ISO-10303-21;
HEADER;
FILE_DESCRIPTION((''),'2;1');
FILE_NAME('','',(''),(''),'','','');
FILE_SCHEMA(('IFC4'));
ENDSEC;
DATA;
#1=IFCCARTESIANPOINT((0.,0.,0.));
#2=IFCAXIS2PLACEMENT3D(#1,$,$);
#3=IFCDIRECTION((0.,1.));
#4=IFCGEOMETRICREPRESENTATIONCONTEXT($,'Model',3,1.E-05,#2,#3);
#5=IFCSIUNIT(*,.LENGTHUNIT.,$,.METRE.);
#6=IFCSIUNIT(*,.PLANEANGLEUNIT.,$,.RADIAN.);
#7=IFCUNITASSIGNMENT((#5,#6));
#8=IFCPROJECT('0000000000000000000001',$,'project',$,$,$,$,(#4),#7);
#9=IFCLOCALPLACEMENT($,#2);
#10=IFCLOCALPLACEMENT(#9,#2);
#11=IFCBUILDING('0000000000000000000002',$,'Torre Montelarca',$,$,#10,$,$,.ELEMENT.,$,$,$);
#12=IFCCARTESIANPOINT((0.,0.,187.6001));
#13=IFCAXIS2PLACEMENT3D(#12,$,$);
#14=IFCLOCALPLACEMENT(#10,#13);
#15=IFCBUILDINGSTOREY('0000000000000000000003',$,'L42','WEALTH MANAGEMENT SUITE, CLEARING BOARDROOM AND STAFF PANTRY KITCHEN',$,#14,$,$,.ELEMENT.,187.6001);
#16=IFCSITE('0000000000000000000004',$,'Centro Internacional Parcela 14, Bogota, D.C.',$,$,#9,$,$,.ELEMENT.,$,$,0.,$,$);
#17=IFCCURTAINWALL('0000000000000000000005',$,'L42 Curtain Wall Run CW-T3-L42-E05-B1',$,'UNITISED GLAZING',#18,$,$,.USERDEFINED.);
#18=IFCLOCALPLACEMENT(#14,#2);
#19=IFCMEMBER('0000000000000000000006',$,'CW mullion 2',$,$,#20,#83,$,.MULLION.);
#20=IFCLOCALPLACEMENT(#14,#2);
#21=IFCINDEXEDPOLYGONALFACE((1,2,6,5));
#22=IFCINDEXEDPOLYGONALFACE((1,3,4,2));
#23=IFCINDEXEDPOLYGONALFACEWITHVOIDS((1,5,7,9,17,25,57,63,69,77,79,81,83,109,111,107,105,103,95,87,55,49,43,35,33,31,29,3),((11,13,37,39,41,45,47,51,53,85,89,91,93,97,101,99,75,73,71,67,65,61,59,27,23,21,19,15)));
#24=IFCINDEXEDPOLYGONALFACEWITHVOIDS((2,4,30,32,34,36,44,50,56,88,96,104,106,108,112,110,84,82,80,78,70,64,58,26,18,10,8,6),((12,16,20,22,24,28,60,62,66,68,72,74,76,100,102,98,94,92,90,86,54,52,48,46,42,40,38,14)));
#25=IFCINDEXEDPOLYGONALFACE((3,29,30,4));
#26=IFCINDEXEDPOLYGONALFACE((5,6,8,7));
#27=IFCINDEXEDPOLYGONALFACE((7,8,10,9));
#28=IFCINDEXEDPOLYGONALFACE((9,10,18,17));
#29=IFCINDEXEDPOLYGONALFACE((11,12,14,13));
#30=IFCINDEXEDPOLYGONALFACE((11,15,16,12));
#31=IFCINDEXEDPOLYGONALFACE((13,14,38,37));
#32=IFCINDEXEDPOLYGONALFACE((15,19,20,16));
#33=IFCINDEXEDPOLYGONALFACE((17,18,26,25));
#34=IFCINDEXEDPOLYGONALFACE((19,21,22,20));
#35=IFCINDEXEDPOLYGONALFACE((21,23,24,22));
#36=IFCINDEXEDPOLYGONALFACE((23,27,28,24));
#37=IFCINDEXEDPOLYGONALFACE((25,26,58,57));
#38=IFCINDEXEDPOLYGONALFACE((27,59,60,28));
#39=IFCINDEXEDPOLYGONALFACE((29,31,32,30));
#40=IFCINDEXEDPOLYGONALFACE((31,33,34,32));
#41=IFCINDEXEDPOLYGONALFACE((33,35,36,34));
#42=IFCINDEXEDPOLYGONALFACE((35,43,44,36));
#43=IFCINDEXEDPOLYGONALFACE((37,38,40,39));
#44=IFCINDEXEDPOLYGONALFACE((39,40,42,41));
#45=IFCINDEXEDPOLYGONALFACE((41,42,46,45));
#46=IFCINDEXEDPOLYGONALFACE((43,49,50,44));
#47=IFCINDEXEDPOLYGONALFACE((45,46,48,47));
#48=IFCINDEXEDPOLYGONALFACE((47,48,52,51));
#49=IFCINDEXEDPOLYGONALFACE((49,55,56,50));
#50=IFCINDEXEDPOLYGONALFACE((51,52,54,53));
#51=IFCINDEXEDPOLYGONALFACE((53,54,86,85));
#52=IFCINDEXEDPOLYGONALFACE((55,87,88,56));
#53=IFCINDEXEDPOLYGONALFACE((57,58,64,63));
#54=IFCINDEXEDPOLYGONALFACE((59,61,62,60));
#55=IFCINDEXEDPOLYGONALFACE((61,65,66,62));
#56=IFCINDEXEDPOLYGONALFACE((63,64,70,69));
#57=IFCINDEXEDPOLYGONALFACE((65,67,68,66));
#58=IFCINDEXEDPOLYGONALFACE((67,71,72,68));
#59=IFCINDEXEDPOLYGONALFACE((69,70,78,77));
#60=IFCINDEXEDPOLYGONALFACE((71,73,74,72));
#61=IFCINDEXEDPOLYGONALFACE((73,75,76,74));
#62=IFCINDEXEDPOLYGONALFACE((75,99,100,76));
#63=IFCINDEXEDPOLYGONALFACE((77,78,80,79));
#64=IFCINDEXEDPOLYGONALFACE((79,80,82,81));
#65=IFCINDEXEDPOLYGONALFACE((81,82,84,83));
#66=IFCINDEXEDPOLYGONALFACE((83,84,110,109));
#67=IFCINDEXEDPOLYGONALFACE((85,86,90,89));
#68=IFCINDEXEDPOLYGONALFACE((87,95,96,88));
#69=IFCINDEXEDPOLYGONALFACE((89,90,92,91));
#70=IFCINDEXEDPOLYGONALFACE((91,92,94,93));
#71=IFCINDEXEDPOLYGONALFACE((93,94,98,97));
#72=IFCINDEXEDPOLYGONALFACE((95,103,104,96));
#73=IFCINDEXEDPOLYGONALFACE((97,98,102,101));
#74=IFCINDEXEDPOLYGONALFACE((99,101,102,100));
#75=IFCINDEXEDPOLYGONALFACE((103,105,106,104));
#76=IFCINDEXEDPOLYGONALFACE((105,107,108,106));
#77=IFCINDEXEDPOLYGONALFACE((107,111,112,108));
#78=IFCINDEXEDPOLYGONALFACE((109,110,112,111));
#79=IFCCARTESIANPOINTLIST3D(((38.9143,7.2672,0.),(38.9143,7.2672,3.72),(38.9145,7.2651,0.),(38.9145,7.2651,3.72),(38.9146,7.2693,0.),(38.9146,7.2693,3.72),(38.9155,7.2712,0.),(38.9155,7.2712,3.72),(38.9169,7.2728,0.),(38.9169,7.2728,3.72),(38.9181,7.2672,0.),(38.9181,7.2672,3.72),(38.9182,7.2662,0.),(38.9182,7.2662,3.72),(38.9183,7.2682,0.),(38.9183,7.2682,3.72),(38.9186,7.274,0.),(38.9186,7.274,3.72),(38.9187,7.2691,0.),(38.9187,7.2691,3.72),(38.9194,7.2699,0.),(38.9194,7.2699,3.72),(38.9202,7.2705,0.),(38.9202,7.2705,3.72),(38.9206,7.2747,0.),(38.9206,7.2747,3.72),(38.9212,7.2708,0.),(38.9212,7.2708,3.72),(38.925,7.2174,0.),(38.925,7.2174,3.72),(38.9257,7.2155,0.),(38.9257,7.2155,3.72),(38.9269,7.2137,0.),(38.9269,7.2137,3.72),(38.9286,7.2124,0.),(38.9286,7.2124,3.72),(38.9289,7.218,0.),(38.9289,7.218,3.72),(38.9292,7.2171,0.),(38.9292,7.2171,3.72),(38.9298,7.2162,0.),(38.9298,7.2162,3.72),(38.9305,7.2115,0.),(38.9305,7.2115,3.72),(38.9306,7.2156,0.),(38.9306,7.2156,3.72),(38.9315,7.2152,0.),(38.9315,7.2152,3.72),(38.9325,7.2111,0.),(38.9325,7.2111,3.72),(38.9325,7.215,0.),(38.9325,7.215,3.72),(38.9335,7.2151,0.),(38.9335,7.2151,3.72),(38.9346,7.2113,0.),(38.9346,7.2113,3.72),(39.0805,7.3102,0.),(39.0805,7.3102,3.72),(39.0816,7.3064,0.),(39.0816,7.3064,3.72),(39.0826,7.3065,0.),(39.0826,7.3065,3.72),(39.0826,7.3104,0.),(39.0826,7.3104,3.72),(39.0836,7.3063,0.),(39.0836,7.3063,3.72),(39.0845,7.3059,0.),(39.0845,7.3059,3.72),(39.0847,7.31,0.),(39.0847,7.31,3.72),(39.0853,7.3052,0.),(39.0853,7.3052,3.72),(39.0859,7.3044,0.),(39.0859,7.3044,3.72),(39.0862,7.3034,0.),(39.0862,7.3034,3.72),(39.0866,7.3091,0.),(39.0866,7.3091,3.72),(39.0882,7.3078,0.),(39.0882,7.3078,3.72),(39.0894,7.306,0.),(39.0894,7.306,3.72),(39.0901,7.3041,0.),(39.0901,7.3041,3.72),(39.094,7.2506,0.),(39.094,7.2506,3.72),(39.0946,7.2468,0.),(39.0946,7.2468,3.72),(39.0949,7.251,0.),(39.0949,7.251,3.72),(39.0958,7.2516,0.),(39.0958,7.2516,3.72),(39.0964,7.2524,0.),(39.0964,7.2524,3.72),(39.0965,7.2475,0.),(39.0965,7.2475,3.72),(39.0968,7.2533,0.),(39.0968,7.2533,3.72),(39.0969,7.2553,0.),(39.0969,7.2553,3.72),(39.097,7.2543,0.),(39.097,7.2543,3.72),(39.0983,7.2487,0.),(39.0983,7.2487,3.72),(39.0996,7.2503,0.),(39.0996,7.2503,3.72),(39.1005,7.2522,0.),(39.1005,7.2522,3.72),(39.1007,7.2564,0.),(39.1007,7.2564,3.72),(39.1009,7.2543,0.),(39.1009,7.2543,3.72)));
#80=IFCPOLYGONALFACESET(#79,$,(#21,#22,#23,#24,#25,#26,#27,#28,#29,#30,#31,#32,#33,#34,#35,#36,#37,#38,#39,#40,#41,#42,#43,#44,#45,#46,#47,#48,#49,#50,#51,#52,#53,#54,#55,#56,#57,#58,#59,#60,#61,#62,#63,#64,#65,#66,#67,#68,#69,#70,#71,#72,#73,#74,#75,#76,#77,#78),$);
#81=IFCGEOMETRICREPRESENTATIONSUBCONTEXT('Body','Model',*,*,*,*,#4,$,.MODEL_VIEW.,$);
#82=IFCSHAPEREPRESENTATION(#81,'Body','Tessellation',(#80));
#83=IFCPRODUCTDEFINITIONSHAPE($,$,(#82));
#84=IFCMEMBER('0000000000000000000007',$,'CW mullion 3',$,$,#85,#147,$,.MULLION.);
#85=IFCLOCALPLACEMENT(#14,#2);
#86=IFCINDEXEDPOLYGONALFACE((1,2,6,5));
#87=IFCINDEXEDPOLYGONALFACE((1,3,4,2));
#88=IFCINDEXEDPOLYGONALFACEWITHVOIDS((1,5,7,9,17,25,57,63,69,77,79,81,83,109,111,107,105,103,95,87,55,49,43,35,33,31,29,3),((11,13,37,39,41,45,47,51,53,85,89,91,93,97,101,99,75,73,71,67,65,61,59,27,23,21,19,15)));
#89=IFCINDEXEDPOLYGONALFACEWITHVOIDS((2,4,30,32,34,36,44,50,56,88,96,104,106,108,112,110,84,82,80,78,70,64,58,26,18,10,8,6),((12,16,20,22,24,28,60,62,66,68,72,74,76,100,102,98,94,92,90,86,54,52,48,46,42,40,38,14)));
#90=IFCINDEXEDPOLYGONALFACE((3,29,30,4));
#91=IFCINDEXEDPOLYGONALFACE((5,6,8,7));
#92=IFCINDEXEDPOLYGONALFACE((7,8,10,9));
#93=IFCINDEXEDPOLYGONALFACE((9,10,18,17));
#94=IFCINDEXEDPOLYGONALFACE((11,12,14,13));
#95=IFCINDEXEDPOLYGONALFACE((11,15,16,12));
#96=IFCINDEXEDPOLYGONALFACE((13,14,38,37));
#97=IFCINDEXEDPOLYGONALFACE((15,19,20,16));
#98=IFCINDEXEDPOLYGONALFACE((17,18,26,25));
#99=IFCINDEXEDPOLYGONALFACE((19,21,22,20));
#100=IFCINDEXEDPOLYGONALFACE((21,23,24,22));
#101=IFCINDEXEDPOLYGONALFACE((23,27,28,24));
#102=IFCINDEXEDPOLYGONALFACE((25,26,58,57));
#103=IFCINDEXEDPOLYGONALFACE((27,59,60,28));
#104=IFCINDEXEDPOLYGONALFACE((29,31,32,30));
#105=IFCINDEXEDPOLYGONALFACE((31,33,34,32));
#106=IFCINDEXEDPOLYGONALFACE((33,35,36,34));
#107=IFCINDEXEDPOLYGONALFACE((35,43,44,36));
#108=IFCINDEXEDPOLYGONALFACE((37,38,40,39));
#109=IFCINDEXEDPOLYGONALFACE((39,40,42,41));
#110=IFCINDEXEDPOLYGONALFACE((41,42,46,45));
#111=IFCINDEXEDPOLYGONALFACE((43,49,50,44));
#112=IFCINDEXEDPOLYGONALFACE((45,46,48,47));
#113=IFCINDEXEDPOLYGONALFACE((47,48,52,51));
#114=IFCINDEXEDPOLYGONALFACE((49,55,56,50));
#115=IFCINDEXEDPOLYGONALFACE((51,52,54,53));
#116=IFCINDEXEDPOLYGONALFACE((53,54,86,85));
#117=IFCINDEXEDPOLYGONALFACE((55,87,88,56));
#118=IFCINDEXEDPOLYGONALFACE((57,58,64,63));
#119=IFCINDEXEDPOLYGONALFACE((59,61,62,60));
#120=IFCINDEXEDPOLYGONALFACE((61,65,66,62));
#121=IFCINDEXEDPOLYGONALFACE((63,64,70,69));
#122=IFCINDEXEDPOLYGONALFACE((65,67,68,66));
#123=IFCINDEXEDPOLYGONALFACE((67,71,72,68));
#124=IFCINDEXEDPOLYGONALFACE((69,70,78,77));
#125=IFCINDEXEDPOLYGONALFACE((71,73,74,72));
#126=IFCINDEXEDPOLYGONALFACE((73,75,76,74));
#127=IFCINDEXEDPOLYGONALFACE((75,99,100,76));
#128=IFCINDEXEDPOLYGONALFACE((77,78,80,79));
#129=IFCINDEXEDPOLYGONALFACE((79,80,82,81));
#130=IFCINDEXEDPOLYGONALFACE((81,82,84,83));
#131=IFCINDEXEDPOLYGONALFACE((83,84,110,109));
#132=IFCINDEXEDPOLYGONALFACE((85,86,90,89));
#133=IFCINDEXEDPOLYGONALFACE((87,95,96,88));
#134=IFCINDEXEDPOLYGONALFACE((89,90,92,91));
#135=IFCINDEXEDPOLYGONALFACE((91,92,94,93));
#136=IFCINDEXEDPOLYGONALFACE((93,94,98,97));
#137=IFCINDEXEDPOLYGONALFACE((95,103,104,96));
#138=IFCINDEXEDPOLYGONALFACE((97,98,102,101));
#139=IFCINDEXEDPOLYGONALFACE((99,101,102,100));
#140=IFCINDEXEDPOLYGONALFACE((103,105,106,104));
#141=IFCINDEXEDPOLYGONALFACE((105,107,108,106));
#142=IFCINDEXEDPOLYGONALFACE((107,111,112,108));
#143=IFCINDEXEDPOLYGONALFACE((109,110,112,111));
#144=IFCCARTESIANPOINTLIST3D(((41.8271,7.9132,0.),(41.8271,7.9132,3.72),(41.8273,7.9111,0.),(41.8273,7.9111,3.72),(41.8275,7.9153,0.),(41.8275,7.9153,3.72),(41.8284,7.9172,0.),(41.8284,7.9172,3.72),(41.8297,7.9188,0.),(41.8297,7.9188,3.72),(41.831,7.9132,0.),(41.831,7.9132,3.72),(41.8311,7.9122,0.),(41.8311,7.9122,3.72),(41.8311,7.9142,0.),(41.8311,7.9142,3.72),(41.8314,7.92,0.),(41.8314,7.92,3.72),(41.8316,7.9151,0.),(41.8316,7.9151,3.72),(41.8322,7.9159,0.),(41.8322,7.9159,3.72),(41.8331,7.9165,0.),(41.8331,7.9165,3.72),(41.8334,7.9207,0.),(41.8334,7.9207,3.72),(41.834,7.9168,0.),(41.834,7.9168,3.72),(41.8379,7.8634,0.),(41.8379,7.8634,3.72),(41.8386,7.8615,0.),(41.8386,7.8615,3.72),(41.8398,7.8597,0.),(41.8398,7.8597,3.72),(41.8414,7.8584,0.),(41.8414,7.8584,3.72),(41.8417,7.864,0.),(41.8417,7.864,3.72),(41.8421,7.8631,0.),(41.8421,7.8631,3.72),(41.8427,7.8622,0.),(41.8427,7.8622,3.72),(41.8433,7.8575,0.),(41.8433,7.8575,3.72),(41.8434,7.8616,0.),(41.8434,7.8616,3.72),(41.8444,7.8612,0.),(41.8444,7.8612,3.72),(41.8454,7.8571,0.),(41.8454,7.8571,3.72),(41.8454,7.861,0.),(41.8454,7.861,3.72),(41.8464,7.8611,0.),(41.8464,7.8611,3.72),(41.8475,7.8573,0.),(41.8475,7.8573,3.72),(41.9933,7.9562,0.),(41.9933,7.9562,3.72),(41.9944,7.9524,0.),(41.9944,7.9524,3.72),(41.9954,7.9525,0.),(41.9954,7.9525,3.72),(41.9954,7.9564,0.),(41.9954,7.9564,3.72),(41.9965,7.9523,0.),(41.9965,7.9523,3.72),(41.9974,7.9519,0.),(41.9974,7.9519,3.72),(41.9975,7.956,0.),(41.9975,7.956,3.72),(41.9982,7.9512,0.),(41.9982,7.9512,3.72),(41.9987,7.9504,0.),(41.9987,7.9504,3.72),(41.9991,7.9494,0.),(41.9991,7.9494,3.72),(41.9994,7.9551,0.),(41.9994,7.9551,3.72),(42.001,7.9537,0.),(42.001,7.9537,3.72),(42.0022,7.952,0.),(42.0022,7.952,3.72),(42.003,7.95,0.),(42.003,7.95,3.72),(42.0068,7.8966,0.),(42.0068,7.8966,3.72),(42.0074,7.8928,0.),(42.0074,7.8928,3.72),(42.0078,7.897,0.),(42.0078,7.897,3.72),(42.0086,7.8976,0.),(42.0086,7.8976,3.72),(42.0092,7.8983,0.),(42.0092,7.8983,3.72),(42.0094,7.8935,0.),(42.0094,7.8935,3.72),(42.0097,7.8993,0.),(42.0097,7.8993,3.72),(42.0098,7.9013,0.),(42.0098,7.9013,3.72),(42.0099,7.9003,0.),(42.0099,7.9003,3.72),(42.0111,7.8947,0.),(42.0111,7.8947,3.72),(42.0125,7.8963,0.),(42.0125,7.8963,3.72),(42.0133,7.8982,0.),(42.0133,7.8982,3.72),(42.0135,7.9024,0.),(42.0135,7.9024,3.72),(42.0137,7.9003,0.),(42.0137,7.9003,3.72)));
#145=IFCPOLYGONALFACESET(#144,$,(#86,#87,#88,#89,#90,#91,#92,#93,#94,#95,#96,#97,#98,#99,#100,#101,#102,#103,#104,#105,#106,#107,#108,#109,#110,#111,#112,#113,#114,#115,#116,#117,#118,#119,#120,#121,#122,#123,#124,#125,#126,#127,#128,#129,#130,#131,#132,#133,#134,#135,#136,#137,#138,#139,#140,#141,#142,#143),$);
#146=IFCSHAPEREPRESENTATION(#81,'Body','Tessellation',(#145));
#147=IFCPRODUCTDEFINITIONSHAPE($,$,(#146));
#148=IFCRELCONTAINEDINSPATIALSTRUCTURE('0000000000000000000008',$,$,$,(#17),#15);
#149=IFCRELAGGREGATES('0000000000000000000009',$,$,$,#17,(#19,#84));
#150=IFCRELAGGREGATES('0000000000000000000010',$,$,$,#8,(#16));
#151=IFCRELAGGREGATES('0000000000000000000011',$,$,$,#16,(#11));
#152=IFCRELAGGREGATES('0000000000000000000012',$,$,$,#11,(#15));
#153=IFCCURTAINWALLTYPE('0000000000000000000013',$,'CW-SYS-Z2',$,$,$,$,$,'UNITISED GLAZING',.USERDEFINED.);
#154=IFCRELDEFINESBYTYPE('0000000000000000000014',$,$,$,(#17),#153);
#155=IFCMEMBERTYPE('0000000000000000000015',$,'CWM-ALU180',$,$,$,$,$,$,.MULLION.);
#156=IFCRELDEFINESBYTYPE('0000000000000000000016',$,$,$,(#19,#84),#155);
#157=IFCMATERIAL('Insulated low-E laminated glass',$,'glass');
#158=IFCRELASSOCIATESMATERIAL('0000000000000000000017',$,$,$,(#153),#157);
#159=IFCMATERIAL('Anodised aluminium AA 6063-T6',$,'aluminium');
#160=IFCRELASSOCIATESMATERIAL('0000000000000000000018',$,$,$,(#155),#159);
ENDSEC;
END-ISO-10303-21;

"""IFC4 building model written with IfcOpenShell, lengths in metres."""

from ifc_helpers import new_model, si_unit, direction, frame, origin, origin_2d, place, context, subcontext, project, spatial, hollow_rectangle, extrude, source, transform, mapped, material, material_profile, profile_set, type_object, element, aggregate, save


model = new_model("IFC4")

# Units and contexts
model_context = context("Model", 3, precision=1e-05, world=origin(), true_north=direction((0.0, 1.0)))
body_context = subcontext(model_context, "Body", "Model", "MODEL_VIEW")
ifc_project = project(units=[si_unit("LENGTHUNIT", "METRE"), si_unit("PLANEANGLEUNIT", "RADIAN")], contexts=[model_context])

# Site, building, storey
site_placement = place(None, origin())
site = spatial("IfcSite", under=ifc_project, at=site_placement, Name="Centro Internacional Parcela 14, Bogota, D.C.", CompositionType="ELEMENT", RefElevation=0.0)
building_placement = place(site_placement, origin())
building = spatial("IfcBuilding", under=site, at=building_placement, Name="Torre Montelarca", CompositionType="ELEMENT")
storey_placement = place(building_placement, frame((0.0, 0.0, 187.6001)))
storey = spatial("IfcBuildingStorey", under=building, at=storey_placement, Name="L42", Description="WEALTH MANAGEMENT SUITE, CLEARING BOARDROOM AND STAFF PANTRY KITCHEN", CompositionType="ELEMENT", Elevation=187.6001)

# Curtain wall
ifc_material_1 = material(Name="Insulated low-E laminated glass", Category="glass")
curtain_wall_type = type_object("IfcCurtainWallType", Name="CW-SYS-Z2", ElementType="UNITISED GLAZING", PredefinedType="USERDEFINED", material=ifc_material_1)
curtain_wall_1_placement = place(storey_placement, origin())
curtain_wall_1 = element("IfcCurtainWall", 1, at=curtain_wall_1_placement, inside=storey, type_object=curtain_wall_type, Name="L42 Curtain Wall Run CW-T3-L42-E05-B1", ObjectType="UNITISED GLAZING", PredefinedType="USERDEFINED")
ifc_material_2 = material(Name="Anodised aluminium AA 6063-T6", Category="aluminium")

# Members
ifc_material_profile_1 = material_profile(ifc_material_2, hollow_rectangle(XDim=0.0649, YDim=0.1799, WallThickness=0.0039, InnerFilletRadius=0.0039, OuterFilletRadius=0.0081, at=origin_2d()), Name="ALU65X180X4", Category="aluminium")
ifc_profile_set_1 = profile_set([ifc_material_profile_1], Name="Anodised aluminium AA 6063-T6")
member_type_1 = type_object("IfcMemberType", Name="CWM-ALU180", PredefinedType="MULLION", material=ifc_profile_set_1)
shared_shape_1 = source(origin(), body_context, "Body", "SweptSolid", [
    extrude(hollow_rectangle(XDim=0.0649, YDim=0.1799, WallThickness=0.0039, InnerFilletRadius=0.0039, OuterFilletRadius=0.0081, at=origin_2d()), origin(), (0.0, 0.0, 1.0), 3.72),
])
member_1_placement = place(storey_placement, frame((39.0076, 7.2607, 0.0), z_axis=(0.0, 0.0, 1.0), x_axis=(-0.216464, 0.976291, 0.0)))
member_1 = element("IfcMember", 2, at=member_1_placement, type_object=member_type_1, Name="CW mullion 2", PredefinedType="MULLION", context=body_context, shape_type="MappedRepresentation", body=[
    mapped(shared_shape_1, transform((0.0, 0.0, 0.0), scale=1.0)),
])
member_2_placement = place(storey_placement, frame((41.9204, 7.9067, 0.0), z_axis=(0.0, 0.0, 1.0), x_axis=(-0.216464, 0.976291, 0.0)))
member_2 = element("IfcMember", 3, at=member_2_placement, type_object=member_type_1, Name="CW mullion 3", PredefinedType="MULLION", context=body_context, shape_type="MappedRepresentation", body=[
    mapped(shared_shape_1, transform((0.0, 0.0, 0.0), scale=1.0)),
])

aggregate(curtain_wall_1, [member_1, member_2])

save(model, "model.ifc")
